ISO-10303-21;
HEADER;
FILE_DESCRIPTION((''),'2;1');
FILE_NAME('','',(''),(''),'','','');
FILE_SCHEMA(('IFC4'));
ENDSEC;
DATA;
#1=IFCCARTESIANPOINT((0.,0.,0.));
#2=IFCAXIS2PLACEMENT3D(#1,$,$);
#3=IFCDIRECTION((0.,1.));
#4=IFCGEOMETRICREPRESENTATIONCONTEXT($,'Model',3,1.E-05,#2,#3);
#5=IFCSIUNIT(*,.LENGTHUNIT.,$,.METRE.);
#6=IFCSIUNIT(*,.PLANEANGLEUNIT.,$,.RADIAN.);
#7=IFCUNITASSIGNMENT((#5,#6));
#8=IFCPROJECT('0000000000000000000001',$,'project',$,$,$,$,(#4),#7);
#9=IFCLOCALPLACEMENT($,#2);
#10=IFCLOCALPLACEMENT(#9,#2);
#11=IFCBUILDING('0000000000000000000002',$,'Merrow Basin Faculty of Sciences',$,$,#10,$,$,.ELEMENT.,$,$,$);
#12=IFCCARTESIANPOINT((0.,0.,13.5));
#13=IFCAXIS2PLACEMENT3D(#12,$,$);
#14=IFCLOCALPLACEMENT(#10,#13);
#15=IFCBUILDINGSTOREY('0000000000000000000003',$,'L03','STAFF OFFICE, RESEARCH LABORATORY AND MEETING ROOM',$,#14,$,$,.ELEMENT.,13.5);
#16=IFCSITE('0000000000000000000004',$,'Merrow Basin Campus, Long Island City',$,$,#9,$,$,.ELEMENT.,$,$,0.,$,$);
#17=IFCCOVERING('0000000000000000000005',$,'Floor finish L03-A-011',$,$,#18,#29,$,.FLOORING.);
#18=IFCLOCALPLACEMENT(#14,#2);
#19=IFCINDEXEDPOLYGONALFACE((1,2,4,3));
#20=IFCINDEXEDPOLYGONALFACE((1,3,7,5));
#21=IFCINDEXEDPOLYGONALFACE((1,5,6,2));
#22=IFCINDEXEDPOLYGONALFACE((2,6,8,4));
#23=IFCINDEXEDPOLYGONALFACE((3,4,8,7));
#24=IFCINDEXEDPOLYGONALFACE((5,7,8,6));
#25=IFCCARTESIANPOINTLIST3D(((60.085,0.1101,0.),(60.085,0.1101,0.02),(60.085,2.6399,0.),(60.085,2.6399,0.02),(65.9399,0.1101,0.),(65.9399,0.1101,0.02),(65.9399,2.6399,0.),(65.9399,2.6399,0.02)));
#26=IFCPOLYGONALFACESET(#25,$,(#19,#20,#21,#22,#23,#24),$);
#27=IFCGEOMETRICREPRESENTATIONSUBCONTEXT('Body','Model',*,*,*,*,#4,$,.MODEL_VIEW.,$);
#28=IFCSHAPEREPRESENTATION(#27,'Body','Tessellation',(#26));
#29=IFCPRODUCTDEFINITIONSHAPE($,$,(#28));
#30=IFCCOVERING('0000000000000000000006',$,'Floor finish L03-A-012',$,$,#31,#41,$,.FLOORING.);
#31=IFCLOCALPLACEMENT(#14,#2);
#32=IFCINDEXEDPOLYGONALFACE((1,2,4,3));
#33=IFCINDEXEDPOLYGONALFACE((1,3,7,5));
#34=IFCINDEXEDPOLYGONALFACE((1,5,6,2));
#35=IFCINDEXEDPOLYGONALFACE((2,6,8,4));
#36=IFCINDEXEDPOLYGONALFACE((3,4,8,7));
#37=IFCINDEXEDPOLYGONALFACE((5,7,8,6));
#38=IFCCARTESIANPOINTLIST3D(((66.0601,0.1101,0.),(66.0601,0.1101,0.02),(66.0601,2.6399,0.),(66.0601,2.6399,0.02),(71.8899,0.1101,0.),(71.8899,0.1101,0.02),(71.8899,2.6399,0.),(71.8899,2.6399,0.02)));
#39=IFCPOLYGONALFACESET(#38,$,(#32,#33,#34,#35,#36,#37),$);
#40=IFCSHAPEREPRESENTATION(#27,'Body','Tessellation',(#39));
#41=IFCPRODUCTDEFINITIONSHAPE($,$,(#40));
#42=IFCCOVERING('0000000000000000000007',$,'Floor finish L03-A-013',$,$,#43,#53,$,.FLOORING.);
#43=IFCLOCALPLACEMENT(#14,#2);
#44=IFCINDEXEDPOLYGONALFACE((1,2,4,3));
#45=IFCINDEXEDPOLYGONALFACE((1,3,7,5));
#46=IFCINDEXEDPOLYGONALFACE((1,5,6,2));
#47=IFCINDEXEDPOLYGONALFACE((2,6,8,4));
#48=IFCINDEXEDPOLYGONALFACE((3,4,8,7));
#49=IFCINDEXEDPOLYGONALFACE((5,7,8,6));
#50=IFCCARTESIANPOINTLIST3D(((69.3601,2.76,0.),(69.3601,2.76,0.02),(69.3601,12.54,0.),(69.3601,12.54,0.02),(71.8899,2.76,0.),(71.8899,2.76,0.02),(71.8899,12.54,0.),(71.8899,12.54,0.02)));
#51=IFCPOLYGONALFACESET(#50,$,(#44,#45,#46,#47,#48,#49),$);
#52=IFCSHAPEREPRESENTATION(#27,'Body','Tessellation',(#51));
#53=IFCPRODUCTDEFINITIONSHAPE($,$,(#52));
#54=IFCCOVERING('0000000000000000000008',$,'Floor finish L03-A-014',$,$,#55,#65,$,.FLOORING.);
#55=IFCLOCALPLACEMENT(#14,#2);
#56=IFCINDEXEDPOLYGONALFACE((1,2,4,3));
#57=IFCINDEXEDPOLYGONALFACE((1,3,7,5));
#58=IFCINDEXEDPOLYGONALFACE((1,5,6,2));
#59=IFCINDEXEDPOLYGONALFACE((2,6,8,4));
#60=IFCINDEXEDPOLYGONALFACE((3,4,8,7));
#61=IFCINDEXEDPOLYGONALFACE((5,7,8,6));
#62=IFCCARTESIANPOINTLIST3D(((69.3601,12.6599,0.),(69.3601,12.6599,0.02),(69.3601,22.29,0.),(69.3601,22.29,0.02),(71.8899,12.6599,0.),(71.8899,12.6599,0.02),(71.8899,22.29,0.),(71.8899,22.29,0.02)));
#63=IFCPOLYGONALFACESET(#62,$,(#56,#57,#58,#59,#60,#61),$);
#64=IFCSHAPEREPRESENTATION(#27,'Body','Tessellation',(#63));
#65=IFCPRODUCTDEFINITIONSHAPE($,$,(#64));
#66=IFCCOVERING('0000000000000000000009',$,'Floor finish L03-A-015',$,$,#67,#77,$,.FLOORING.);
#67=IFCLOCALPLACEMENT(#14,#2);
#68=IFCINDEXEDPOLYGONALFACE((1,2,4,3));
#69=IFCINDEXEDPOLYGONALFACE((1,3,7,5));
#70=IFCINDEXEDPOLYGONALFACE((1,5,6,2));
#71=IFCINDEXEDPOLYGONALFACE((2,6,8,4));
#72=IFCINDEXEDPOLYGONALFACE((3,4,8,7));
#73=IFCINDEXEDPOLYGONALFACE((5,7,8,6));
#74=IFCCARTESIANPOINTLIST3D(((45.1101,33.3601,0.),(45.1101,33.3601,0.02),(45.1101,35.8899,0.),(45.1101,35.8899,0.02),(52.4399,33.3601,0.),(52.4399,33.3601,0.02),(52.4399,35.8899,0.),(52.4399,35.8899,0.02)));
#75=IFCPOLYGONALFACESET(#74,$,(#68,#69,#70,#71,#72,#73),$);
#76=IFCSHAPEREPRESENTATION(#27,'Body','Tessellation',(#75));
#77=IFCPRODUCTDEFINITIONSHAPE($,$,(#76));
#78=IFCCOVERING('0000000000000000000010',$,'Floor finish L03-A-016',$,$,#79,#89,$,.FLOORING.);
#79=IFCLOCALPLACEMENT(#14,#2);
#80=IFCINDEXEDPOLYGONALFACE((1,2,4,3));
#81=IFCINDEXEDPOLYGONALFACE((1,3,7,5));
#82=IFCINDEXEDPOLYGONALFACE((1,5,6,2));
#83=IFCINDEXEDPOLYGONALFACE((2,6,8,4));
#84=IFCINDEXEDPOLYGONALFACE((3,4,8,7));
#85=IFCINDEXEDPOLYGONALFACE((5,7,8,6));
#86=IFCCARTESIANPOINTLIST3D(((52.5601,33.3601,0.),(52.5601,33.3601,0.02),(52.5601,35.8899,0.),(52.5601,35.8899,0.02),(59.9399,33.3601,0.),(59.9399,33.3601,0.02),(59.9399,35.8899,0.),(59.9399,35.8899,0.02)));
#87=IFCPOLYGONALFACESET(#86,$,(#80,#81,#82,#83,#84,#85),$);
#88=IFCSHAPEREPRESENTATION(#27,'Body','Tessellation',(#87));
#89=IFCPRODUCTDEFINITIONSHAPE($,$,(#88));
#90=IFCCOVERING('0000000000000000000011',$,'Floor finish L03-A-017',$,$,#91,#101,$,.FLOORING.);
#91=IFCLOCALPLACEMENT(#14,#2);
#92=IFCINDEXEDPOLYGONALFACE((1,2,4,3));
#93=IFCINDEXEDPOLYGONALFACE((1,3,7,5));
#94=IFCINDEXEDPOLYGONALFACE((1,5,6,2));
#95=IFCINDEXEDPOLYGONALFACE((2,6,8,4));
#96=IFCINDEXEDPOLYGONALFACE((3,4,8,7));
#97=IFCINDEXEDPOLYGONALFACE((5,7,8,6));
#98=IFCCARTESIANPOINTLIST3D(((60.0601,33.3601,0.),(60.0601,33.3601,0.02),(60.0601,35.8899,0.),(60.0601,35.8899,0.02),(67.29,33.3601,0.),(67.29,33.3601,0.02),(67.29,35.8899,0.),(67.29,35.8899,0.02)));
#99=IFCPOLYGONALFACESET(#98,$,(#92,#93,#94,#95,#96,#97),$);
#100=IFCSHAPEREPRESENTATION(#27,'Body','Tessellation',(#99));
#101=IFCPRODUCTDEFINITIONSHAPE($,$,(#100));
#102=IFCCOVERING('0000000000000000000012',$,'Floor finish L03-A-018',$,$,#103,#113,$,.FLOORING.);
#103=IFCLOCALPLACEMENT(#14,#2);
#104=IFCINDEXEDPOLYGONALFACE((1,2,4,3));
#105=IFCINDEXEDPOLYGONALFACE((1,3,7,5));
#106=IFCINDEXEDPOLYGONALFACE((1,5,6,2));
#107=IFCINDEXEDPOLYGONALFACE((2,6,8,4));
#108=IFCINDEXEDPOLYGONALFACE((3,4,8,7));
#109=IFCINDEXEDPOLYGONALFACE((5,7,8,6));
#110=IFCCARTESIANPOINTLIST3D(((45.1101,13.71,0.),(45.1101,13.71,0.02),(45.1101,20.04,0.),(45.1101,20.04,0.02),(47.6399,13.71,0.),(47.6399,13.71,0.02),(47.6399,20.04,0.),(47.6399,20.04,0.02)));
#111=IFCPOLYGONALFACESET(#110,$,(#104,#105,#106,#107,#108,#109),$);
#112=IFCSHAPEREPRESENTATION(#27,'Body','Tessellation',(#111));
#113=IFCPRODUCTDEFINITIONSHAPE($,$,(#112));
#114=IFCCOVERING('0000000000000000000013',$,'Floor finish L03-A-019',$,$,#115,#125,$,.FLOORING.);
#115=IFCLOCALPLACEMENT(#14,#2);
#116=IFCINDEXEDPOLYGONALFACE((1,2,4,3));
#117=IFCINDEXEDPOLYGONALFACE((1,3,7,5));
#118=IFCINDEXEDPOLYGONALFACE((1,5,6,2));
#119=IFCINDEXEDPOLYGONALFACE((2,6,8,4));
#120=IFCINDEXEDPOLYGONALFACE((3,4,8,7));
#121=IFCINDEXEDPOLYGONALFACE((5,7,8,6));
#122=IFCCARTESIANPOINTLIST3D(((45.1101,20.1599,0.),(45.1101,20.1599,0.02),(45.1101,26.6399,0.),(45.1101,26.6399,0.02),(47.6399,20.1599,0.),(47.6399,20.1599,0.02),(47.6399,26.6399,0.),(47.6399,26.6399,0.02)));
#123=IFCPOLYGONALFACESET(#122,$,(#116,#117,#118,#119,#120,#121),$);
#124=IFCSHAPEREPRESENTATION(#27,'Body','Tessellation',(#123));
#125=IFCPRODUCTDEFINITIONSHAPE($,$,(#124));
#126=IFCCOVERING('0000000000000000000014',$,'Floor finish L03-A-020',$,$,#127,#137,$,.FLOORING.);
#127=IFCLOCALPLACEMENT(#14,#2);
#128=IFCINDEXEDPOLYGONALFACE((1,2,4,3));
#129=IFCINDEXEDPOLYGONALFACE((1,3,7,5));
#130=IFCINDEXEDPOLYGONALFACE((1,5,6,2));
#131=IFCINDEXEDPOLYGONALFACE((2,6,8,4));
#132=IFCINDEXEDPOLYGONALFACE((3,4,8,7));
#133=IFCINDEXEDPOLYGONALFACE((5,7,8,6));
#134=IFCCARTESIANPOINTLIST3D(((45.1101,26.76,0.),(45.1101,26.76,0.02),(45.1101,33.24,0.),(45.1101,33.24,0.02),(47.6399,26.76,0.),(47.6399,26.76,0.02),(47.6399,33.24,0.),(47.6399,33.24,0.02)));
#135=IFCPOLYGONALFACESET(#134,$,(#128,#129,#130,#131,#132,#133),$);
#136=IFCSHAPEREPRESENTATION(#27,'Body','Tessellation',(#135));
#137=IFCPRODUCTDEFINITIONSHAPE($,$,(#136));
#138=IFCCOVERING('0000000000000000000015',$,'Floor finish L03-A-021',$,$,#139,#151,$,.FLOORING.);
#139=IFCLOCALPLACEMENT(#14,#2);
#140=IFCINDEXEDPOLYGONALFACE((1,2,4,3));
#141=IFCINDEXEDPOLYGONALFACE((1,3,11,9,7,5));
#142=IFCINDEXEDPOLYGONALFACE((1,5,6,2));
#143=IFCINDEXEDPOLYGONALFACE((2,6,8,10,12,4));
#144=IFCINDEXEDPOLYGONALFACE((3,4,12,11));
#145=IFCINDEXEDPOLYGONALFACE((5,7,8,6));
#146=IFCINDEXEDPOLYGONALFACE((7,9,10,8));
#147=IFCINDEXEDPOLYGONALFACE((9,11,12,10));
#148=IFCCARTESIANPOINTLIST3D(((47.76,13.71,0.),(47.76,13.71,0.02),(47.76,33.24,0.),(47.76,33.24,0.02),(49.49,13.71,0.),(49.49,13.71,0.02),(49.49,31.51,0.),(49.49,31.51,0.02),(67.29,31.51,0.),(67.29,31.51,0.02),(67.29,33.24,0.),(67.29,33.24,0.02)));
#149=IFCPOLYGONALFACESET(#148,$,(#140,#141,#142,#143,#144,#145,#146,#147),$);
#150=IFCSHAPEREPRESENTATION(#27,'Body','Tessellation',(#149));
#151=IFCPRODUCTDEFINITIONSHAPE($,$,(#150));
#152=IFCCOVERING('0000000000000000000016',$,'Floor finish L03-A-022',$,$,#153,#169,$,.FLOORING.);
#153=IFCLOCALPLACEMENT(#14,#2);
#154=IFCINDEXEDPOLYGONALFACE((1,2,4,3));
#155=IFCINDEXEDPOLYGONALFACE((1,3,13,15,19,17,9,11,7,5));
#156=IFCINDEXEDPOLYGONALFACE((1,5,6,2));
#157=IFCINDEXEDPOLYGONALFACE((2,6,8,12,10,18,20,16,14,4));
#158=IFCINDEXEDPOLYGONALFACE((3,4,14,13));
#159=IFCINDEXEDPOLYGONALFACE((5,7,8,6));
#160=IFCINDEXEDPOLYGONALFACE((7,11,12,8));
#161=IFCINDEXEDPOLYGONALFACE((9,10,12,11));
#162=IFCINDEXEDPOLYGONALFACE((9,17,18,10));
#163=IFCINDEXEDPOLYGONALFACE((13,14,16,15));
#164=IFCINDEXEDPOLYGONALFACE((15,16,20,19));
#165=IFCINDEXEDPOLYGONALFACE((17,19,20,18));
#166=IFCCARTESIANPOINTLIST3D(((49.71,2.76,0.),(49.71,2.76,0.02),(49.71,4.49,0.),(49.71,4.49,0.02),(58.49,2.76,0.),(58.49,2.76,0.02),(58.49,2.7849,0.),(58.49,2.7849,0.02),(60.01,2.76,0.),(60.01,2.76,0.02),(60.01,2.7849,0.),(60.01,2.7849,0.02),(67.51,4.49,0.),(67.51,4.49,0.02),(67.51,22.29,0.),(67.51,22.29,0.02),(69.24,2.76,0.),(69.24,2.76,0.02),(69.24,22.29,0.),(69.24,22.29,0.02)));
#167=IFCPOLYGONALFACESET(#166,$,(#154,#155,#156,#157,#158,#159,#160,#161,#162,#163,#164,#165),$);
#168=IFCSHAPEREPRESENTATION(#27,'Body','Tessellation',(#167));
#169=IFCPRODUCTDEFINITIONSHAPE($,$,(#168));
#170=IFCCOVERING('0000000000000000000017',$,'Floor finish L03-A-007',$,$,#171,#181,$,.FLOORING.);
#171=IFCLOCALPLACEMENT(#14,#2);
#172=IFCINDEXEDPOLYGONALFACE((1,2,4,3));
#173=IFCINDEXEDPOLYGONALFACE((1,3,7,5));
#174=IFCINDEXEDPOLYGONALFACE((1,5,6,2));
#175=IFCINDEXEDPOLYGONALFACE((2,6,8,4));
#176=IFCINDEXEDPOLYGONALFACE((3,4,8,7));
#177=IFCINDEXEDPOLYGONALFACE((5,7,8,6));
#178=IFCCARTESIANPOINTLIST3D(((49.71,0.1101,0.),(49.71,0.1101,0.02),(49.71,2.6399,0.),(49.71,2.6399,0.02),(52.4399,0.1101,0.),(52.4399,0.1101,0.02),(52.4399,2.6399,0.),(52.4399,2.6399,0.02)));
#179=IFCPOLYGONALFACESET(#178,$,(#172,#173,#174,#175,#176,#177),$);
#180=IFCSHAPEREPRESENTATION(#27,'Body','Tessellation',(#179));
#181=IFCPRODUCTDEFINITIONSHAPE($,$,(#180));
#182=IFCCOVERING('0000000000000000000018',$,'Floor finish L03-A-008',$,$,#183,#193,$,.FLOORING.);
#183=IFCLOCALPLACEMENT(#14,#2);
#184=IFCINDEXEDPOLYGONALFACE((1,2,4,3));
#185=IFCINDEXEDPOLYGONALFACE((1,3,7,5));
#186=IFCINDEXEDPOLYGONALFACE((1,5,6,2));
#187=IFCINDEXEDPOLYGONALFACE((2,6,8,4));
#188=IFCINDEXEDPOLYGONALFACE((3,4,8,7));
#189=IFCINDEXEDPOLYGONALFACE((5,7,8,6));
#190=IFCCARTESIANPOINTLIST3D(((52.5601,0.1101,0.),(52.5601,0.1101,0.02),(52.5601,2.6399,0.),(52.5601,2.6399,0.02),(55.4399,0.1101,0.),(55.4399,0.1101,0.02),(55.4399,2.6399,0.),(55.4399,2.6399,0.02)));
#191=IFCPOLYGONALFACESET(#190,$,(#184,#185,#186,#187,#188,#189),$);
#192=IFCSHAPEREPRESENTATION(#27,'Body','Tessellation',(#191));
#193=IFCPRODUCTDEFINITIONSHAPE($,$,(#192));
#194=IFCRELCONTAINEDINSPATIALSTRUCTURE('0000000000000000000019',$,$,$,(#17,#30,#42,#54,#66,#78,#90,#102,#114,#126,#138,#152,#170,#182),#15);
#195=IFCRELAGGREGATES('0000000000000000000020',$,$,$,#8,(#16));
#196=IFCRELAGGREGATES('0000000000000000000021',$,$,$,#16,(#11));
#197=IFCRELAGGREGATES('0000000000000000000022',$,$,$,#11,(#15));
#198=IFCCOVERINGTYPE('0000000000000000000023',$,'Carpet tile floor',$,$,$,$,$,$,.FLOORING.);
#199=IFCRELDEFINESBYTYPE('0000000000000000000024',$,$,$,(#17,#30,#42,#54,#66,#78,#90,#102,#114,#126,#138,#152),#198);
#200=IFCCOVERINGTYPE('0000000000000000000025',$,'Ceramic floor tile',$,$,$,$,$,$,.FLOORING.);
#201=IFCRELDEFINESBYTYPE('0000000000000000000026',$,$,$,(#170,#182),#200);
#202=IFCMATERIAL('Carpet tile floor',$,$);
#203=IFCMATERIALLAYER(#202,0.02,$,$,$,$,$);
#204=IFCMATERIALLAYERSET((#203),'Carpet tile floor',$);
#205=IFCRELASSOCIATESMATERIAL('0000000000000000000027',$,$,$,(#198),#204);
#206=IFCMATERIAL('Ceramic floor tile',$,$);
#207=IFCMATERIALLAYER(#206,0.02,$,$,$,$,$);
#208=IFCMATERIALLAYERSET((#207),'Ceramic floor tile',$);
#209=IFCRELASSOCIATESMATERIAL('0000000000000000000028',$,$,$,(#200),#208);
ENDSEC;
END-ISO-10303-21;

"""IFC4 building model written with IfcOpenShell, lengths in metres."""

from ifc_helpers import new_model, si_unit, direction, frame, origin, place, context, subcontext, project, spatial, polyline, outline, extrude, material, layer, layer_set, type_object, element, save


model = new_model("IFC4")

# Units and contexts
model_context = context("Model", 3, precision=1e-05, world=origin(), true_north=direction((0.0, 1.0)))
body_context = subcontext(model_context, "Body", "Model", "MODEL_VIEW")
ifc_project = project(units=[si_unit("LENGTHUNIT", "METRE"), si_unit("PLANEANGLEUNIT", "RADIAN")], contexts=[model_context])

# Site, building, storey
site_placement = place(None, origin())
site = spatial("IfcSite", under=ifc_project, at=site_placement, Name="Merrow Basin Campus, Long Island City", CompositionType="ELEMENT", RefElevation=0.0)
building_placement = place(site_placement, origin())
building = spatial("IfcBuilding", under=site, at=building_placement, Name="Merrow Basin Faculty of Sciences", CompositionType="ELEMENT")
storey_placement = place(building_placement, frame((0.0, 0.0, 13.5)))
storey = spatial("IfcBuildingStorey", under=building, at=storey_placement, Name="L03", Description="STAFF OFFICE, RESEARCH LABORATORY AND MEETING ROOM", CompositionType="ELEMENT", Elevation=13.5)

# Coverings
ifc_material_1 = material(Name="Carpet tile floor")
ifc_layer_1 = layer(ifc_material_1, 0.02)
ifc_layer_set_1 = layer_set([ifc_layer_1], Name="Carpet tile floor")
covering_type_1 = type_object("IfcCoveringType", Name="Carpet tile floor", PredefinedType="FLOORING", material=ifc_layer_set_1)
covering_1_placement = place(storey_placement, origin())
element("IfcCovering", 1, at=covering_1_placement, inside=storey, type_object=covering_type_1, Name="Floor finish L03-A-011", PredefinedType="FLOORING", context=body_context, shape_type="SweptSolid", body=[
    extrude(outline(polyline([(60.085, 0.1101), (60.085, 2.6399), (65.9399, 2.6399), (65.9399, 0.1101), (60.085, 0.1101)])), origin(), (0.0, 0.0, 1.0), 0.02),
])
covering_2_placement = place(storey_placement, origin())
element("IfcCovering", 2, at=covering_2_placement, inside=storey, type_object=covering_type_1, Name="Floor finish L03-A-012", PredefinedType="FLOORING", context=body_context, shape_type="SweptSolid", body=[
    extrude(outline(polyline([(71.8899, 0.1101), (66.0601, 0.1101), (66.0601, 2.6399), (71.8899, 2.6399), (71.8899, 0.1101)])), origin(), (0.0, 0.0, 1.0), 0.02),
])
covering_3_placement = place(storey_placement, origin())
element("IfcCovering", 3, at=covering_3_placement, inside=storey, type_object=covering_type_1, Name="Floor finish L03-A-013", PredefinedType="FLOORING", context=body_context, shape_type="SweptSolid", body=[
    extrude(outline(polyline([(71.8899, 2.76), (69.3601, 2.76), (69.3601, 12.54), (71.8899, 12.54), (71.8899, 2.76)])), origin(), (0.0, 0.0, 1.0), 0.02),
])
covering_4_placement = place(storey_placement, origin())
element("IfcCovering", 4, at=covering_4_placement, inside=storey, type_object=covering_type_1, Name="Floor finish L03-A-014", PredefinedType="FLOORING", context=body_context, shape_type="SweptSolid", body=[
    extrude(outline(polyline([(71.8899, 12.6599), (69.3601, 12.6599), (69.3601, 22.29), (71.8899, 22.29), (71.8899, 12.6599)])), origin(), (0.0, 0.0, 1.0), 0.02),
])
covering_5_placement = place(storey_placement, origin())
element("IfcCovering", 5, at=covering_5_placement, inside=storey, type_object=covering_type_1, Name="Floor finish L03-A-015", PredefinedType="FLOORING", context=body_context, shape_type="SweptSolid", body=[
    extrude(outline(polyline([(45.1101, 35.8899), (52.4399, 35.8899), (52.4399, 33.3601), (45.1101, 33.3601), (45.1101, 35.8899)])), origin(), (0.0, 0.0, 1.0), 0.02),
])
covering_6_placement = place(storey_placement, origin())
element("IfcCovering", 6, at=covering_6_placement, inside=storey, type_object=covering_type_1, Name="Floor finish L03-A-016", PredefinedType="FLOORING", context=body_context, shape_type="SweptSolid", body=[
    extrude(outline(polyline([(59.9399, 35.8899), (59.9399, 33.3601), (52.5601, 33.3601), (52.5601, 35.8899), (59.9399, 35.8899)])), origin(), (0.0, 0.0, 1.0), 0.02),
])
covering_7_placement = place(storey_placement, origin())
element("IfcCovering", 7, at=covering_7_placement, inside=storey, type_object=covering_type_1, Name="Floor finish L03-A-017", PredefinedType="FLOORING", context=body_context, shape_type="SweptSolid", body=[
    extrude(outline(polyline([(67.29, 35.8899), (67.29, 33.3601), (60.0601, 33.3601), (60.0601, 35.8899), (67.29, 35.8899)])), origin(), (0.0, 0.0, 1.0), 0.02),
])
covering_8_placement = place(storey_placement, origin())
element("IfcCovering", 8, at=covering_8_placement, inside=storey, type_object=covering_type_1, Name="Floor finish L03-A-018", PredefinedType="FLOORING", context=body_context, shape_type="SweptSolid", body=[
    extrude(outline(polyline([(45.1101, 20.04), (47.6399, 20.04), (47.6399, 13.71), (45.1101, 13.71), (45.1101, 20.04)])), origin(), (0.0, 0.0, 1.0), 0.02),
])
covering_9_placement = place(storey_placement, origin())
element("IfcCovering", 9, at=covering_9_placement, inside=storey, type_object=covering_type_1, Name="Floor finish L03-A-019", PredefinedType="FLOORING", context=body_context, shape_type="SweptSolid", body=[
    extrude(outline(polyline([(47.6399, 26.6399), (47.6399, 20.1599), (45.1101, 20.1599), (45.1101, 26.6399), (47.6399, 26.6399)])), origin(), (0.0, 0.0, 1.0), 0.02),
])
covering_10_placement = place(storey_placement, origin())
element("IfcCovering", 10, at=covering_10_placement, inside=storey, type_object=covering_type_1, Name="Floor finish L03-A-020", PredefinedType="FLOORING", context=body_context, shape_type="SweptSolid", body=[
    extrude(outline(polyline([(47.6399, 26.76), (45.1101, 26.76), (45.1101, 33.24), (47.6399, 33.24), (47.6399, 26.76)])), origin(), (0.0, 0.0, 1.0), 0.02),
])
covering_11_placement = place(storey_placement, origin())
element("IfcCovering", 11, at=covering_11_placement, inside=storey, type_object=covering_type_1, Name="Floor finish L03-A-021", PredefinedType="FLOORING", context=body_context, shape_type="SweptSolid", body=[
    extrude(outline(polyline([(49.49, 31.51), (49.49, 13.71), (47.76, 13.71), (47.76, 33.24), (67.29, 33.24), (67.29, 31.51), (49.49, 31.51)])), origin(), (0.0, 0.0, 1.0), 0.02),
])
covering_12_placement = place(storey_placement, origin())
element("IfcCovering", 12, at=covering_12_placement, inside=storey, type_object=covering_type_1, Name="Floor finish L03-A-022", PredefinedType="FLOORING", context=body_context, shape_type="SweptSolid", body=[
    extrude(outline(polyline([(67.51, 4.49), (67.51, 22.29), (69.24, 22.29), (69.24, 2.76), (60.01, 2.76), (60.01, 2.7849), (58.49, 2.7849), (58.49, 2.76), (49.71, 2.76), (49.71, 4.49), (67.51, 4.49)])), origin(), (0.0, 0.0, 1.0), 0.02),
])
ifc_material_2 = material(Name="Ceramic floor tile")
ifc_layer_2 = layer(ifc_material_2, 0.02)
ifc_layer_set_2 = layer_set([ifc_layer_2], Name="Ceramic floor tile")
covering_type_2 = type_object("IfcCoveringType", Name="Ceramic floor tile", PredefinedType="FLOORING", material=ifc_layer_set_2)
covering_13_placement = place(storey_placement, origin())
element("IfcCovering", 13, at=covering_13_placement, inside=storey, type_object=covering_type_2, Name="Floor finish L03-A-007", PredefinedType="FLOORING", context=body_context, shape_type="SweptSolid", body=[
    extrude(outline(polyline([(49.71, 0.1101), (49.71, 2.6399), (52.4399, 2.6399), (52.4399, 0.1101), (49.71, 0.1101)])), origin(), (0.0, 0.0, 1.0), 0.02),
])
covering_14_placement = place(storey_placement, origin())
element("IfcCovering", 14, at=covering_14_placement, inside=storey, type_object=covering_type_2, Name="Floor finish L03-A-008", PredefinedType="FLOORING", context=body_context, shape_type="SweptSolid", body=[
    extrude(outline(polyline([(52.5601, 0.1101), (52.5601, 2.6399), (55.4399, 2.6399), (55.4399, 0.1101), (52.5601, 0.1101)])), origin(), (0.0, 0.0, 1.0), 0.02),
])

save(model, "model.ifc")
